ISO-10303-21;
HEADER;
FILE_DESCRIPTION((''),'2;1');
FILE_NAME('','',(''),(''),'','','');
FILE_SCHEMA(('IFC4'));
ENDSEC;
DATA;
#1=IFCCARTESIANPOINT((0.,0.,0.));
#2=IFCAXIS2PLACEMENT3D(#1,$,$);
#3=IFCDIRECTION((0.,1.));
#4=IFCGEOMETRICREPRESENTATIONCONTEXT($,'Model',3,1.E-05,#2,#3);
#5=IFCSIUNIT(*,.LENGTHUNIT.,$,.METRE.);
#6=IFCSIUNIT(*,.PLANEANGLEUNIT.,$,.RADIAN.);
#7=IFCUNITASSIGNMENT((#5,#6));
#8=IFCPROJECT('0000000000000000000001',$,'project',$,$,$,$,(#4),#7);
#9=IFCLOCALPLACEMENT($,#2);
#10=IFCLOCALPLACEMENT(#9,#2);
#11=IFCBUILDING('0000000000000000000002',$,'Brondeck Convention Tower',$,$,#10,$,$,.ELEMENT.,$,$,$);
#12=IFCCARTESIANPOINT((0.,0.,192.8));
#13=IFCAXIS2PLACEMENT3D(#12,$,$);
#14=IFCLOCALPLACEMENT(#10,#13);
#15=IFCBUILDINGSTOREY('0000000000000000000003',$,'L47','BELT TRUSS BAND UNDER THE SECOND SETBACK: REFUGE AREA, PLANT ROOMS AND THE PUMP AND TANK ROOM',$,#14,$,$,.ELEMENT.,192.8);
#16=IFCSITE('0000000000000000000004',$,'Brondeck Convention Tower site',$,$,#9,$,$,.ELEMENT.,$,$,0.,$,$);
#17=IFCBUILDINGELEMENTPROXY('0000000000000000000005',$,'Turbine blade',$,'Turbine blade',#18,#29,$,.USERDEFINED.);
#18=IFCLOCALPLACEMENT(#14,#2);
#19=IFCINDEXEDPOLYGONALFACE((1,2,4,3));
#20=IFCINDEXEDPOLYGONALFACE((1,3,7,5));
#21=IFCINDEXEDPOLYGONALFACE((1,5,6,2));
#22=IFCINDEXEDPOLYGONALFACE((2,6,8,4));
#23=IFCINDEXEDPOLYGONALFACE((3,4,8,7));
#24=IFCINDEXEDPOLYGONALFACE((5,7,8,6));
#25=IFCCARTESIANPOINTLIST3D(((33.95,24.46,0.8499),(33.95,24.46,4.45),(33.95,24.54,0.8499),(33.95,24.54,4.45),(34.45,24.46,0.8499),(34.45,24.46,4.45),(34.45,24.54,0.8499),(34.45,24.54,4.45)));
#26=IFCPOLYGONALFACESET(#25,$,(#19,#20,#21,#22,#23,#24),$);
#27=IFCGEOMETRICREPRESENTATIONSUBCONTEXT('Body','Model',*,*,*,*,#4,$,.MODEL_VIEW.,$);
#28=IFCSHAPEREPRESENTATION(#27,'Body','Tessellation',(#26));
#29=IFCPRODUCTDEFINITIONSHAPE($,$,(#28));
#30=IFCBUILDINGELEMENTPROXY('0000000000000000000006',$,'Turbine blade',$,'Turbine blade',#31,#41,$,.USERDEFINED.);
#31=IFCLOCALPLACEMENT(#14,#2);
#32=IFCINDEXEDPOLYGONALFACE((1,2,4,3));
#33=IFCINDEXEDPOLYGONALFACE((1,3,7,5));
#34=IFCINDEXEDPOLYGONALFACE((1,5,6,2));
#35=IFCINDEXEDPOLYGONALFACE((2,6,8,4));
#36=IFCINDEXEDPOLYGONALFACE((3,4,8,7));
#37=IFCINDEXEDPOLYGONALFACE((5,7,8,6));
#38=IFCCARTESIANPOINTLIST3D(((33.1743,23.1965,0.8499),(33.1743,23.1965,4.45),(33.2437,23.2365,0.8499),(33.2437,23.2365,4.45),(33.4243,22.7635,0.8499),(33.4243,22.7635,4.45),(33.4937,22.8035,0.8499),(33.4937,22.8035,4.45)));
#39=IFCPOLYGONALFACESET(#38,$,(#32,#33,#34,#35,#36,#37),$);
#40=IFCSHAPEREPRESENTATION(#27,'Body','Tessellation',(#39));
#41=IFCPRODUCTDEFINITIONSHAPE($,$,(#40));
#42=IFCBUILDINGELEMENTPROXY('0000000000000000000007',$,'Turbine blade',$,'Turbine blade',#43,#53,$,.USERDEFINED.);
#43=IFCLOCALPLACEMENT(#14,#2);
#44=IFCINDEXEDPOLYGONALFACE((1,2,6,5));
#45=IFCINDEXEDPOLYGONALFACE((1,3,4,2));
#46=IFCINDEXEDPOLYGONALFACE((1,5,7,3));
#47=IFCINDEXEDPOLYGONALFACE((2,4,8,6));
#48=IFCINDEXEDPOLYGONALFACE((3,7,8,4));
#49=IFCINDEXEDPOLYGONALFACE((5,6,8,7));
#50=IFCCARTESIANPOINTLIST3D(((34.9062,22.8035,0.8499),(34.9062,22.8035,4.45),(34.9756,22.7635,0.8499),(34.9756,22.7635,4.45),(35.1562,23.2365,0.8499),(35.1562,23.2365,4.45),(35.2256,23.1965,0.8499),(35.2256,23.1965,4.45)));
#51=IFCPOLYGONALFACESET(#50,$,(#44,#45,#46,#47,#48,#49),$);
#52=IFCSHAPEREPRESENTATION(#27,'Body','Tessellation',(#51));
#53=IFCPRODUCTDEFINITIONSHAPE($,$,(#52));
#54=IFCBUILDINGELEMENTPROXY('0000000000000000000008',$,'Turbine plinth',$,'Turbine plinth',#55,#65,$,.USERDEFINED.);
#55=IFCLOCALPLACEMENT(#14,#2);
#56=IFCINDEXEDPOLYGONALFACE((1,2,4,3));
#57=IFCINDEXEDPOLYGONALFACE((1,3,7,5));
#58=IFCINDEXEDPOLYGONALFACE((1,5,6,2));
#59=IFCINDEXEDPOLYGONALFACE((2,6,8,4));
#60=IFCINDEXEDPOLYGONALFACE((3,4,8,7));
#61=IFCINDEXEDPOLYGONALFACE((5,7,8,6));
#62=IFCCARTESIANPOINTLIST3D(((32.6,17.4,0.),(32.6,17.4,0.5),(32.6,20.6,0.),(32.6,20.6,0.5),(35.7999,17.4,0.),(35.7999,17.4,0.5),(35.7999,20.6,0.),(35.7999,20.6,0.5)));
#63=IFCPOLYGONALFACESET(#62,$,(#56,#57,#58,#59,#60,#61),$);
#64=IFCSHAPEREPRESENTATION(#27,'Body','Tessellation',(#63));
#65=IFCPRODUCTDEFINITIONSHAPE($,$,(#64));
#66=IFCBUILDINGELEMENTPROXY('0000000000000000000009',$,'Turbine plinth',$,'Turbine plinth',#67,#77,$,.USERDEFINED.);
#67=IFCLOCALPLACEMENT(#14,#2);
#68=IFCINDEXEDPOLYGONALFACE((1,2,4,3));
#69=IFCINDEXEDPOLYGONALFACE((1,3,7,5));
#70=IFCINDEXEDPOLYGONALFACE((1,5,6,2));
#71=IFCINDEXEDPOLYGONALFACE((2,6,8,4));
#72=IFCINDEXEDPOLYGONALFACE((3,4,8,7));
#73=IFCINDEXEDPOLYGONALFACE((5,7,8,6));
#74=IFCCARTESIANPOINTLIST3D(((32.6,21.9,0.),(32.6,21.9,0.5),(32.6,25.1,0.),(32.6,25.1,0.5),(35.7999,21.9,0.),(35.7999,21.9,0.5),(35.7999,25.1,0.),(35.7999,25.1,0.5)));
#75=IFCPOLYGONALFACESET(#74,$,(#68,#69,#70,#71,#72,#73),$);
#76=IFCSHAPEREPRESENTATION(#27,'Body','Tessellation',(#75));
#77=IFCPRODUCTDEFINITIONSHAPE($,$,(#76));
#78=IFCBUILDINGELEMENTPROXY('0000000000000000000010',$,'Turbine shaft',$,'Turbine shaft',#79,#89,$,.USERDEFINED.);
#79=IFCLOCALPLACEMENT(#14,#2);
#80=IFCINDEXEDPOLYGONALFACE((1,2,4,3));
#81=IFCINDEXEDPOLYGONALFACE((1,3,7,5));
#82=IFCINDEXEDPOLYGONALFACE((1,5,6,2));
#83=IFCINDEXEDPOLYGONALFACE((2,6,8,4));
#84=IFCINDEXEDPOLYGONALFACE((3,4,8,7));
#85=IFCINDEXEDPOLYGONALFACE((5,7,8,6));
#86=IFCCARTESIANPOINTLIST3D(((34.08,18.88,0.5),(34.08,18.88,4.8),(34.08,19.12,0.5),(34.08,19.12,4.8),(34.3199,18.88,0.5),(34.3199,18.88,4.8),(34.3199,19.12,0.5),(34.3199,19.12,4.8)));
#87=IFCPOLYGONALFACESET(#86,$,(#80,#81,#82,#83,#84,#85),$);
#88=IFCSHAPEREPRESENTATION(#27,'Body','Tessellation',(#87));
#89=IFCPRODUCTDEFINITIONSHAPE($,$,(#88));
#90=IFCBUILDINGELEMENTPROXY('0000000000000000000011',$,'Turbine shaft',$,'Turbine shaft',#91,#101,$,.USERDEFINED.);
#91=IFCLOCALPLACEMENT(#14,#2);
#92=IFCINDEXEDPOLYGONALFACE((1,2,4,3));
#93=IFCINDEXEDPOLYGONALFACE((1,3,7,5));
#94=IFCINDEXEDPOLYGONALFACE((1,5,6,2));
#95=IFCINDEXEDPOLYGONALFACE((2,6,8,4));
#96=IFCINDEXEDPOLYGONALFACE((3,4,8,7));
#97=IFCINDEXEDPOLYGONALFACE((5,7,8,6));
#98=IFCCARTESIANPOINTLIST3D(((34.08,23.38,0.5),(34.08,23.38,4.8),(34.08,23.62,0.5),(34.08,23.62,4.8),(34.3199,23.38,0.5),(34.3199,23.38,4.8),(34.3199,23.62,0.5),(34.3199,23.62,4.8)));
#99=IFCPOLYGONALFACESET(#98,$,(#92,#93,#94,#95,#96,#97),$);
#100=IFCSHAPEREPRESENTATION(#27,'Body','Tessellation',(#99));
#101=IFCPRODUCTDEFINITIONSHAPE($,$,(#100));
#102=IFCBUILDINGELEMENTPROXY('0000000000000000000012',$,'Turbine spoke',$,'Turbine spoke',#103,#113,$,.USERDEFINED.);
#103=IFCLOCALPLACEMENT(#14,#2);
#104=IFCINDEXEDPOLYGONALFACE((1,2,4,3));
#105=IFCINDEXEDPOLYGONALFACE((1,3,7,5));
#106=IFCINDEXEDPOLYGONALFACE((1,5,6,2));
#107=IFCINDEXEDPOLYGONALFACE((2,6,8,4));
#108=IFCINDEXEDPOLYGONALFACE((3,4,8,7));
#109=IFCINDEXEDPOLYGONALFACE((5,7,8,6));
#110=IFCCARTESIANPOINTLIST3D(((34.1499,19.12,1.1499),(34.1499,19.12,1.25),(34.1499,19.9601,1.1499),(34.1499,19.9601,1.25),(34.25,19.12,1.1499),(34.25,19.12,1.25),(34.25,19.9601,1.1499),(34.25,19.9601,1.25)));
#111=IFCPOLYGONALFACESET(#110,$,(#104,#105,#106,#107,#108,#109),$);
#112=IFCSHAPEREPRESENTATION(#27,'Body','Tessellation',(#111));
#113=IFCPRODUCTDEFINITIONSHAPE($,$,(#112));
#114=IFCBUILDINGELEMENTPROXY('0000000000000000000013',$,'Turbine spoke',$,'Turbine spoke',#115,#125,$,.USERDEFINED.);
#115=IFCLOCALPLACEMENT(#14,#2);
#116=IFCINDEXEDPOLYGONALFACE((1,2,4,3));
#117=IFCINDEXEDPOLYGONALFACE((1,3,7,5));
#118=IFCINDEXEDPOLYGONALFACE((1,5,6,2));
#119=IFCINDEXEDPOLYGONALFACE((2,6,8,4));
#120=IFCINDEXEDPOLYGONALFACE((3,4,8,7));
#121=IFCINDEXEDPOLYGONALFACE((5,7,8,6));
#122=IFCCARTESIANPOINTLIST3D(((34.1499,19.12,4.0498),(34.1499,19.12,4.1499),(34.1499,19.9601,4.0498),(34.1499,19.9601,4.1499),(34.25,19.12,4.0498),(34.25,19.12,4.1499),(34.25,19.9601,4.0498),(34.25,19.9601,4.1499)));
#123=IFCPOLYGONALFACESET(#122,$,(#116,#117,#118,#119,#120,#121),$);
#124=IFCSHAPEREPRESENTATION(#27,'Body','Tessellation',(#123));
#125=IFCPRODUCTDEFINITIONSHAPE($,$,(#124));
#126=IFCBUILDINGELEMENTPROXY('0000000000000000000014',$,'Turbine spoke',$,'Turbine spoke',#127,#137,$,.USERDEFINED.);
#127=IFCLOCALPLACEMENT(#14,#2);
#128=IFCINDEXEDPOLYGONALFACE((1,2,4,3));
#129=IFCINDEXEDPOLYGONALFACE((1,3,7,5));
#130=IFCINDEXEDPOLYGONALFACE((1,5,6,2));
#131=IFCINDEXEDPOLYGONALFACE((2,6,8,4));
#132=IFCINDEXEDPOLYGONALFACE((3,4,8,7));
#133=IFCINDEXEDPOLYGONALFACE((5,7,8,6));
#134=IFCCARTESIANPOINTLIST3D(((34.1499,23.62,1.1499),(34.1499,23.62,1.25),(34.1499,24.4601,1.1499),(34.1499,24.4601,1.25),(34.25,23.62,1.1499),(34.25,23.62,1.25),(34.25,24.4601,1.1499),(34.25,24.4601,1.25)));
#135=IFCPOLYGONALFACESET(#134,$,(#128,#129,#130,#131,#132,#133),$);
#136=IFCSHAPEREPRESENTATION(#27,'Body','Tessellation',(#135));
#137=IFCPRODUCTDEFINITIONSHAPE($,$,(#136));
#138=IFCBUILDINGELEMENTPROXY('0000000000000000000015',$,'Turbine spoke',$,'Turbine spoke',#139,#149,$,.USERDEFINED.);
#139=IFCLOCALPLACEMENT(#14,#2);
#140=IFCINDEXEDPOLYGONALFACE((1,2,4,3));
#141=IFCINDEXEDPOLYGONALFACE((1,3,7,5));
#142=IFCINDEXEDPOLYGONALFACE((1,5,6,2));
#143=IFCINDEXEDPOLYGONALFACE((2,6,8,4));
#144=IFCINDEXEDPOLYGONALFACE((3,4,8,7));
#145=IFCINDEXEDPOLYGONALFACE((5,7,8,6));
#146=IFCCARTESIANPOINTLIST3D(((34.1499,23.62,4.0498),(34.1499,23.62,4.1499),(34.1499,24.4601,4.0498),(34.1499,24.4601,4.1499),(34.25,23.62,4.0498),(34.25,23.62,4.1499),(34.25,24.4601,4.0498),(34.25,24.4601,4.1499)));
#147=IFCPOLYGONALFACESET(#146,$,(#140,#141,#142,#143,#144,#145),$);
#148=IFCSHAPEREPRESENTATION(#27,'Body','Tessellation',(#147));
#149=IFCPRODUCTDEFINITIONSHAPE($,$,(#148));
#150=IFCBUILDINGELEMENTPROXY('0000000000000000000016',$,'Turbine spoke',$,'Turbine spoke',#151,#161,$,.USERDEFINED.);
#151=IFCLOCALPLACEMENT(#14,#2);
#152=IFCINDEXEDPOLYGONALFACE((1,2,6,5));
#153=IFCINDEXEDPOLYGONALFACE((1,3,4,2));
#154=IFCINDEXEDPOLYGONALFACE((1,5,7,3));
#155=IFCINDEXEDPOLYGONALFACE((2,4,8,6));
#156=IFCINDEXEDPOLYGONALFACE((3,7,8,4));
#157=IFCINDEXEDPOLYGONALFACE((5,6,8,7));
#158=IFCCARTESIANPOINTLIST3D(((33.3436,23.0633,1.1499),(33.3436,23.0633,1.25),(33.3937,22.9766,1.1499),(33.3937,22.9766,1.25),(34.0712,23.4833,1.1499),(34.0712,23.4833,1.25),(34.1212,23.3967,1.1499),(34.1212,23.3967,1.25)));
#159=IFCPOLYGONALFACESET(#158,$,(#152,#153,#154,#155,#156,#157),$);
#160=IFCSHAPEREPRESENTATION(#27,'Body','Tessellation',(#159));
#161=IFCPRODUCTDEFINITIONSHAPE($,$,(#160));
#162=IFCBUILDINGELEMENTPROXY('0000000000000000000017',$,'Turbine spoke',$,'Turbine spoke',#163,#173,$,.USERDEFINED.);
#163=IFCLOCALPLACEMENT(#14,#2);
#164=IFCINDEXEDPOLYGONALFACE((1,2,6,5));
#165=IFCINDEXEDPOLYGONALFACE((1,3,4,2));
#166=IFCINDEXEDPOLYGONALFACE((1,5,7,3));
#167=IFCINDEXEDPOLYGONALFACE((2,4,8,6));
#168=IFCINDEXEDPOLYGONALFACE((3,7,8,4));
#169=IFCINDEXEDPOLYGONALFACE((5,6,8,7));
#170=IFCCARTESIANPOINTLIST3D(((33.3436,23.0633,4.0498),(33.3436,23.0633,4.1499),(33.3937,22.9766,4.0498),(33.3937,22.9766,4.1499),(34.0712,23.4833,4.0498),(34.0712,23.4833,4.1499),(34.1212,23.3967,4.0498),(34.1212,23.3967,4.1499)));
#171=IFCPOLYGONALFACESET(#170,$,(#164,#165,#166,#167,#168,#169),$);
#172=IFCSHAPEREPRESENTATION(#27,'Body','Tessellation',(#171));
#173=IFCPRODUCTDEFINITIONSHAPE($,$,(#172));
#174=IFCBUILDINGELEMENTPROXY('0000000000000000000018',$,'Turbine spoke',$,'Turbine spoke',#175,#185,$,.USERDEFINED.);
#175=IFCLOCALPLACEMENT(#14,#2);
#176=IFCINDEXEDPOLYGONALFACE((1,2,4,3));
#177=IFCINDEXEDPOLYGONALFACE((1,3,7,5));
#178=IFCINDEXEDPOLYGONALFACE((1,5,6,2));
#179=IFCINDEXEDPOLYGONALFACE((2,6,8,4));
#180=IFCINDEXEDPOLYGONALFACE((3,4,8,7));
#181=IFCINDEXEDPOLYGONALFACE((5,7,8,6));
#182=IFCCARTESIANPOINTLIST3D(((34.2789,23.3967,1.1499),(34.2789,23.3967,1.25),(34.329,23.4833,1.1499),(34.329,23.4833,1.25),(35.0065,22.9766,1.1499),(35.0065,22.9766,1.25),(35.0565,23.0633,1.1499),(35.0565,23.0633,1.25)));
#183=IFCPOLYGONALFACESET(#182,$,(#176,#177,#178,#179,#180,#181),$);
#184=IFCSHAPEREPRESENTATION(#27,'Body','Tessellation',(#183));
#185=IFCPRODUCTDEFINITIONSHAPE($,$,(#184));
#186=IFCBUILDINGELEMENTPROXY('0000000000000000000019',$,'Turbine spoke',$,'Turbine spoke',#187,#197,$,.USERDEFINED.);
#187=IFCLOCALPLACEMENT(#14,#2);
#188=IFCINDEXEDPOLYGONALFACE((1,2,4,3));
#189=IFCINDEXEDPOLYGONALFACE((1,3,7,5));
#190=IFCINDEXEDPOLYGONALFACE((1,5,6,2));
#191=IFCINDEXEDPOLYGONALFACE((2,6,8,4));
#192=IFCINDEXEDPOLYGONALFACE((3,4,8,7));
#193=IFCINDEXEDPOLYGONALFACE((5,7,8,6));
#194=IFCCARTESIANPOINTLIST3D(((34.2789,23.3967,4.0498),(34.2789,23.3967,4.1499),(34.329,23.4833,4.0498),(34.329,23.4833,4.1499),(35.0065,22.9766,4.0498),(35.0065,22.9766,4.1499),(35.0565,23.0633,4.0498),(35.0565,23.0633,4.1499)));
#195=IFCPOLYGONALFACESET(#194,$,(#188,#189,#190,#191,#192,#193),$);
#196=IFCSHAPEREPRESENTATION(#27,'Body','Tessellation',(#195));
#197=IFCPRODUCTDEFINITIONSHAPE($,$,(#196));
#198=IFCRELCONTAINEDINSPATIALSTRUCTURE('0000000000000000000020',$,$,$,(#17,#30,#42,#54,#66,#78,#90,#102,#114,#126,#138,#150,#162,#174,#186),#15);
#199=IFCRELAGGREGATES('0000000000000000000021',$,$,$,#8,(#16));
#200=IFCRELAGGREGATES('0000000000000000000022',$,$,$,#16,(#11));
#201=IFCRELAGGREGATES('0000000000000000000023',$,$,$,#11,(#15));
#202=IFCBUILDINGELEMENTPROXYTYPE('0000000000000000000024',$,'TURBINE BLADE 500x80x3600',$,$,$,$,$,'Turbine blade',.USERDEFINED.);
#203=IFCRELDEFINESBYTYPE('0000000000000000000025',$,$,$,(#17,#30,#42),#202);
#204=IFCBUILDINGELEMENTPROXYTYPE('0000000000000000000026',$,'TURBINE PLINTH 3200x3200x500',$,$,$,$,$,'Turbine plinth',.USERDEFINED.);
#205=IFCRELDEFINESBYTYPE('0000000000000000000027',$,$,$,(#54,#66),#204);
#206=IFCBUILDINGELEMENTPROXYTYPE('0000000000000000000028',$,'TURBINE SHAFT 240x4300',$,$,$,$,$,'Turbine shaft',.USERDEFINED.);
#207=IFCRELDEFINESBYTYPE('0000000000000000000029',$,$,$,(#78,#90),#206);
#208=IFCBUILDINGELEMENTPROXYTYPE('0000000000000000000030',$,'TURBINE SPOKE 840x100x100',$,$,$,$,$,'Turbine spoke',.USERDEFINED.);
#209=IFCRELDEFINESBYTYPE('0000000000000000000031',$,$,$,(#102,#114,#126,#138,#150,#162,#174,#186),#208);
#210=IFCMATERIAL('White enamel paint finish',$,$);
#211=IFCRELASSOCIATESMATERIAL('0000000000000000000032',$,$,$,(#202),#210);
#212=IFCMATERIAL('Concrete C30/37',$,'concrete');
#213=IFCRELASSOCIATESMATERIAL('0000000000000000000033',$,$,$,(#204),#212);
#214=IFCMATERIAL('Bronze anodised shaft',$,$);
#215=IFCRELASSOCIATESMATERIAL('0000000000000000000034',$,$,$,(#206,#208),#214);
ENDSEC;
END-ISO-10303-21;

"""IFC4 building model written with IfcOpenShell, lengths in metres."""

from ifc_helpers import new_model, si_unit, direction, frame, origin, origin_2d, place, context, subcontext, project, spatial, rectangle, extrude, material, type_object, element, save


model = new_model("IFC4")

# Units and contexts
model_context = context("Model", 3, precision=1e-05, world=origin(), true_north=direction((0.0, 1.0)))
body_context = subcontext(model_context, "Body", "Model", "MODEL_VIEW")
ifc_project = project(units=[si_unit("LENGTHUNIT", "METRE"), si_unit("PLANEANGLEUNIT", "RADIAN")], contexts=[model_context])

# Site, building, storey
site_placement = place(None, origin())
site = spatial("IfcSite", under=ifc_project, at=site_placement, Name="Brondeck Convention Tower site", CompositionType="ELEMENT", RefElevation=0.0)
building_placement = place(site_placement, origin())
building = spatial("IfcBuilding", under=site, at=building_placement, Name="Brondeck Convention Tower", CompositionType="ELEMENT")
storey_placement = place(building_placement, frame((0.0, 0.0, 192.8)))
storey = spatial("IfcBuildingStorey", under=building, at=storey_placement, Name="L47", Description="BELT TRUSS BAND UNDER THE SECOND SETBACK: REFUGE AREA, PLANT ROOMS AND THE PUMP AND TANK ROOM", CompositionType="ELEMENT", Elevation=192.8)

# Building element proxies
ifc_material_1 = material(Name="White enamel paint finish")
building_element_proxy_type_1 = type_object("IfcBuildingElementProxyType", Name="TURBINE BLADE 500x80x3600", ElementType="Turbine blade", PredefinedType="USERDEFINED", material=ifc_material_1)
for number, where, z_axis, x_axis, name in (
    (1, (34.2, 24.5, 0.8499), (0.0, 0.0, 1.0), (-1.0, 0.0, 0.0), "Turbine blade"),
    (2, (33.334, 23.0, 0.8499), (0.0, 0.0, 1.0), (0.5, -0.866025, 0.0), "Turbine blade"),
    (3, (35.0659, 23.0, 0.8499), (0.0, 0.0, 1.0), (0.5, 0.866025, 0.0), "Turbine blade"),
):
    element("IfcBuildingElementProxy", number, at=place(storey_placement, frame(where, z_axis=z_axis, x_axis=x_axis)), inside=storey, type_object=building_element_proxy_type_1, Name=name, ObjectType="Turbine blade", PredefinedType="USERDEFINED", context=body_context, shape_type="SweptSolid", body=[
        extrude(rectangle(XDim=0.5, YDim=0.0801, at=origin_2d()), origin(), (0.0, 0.0, 1.0), 3.6001),
    ])
ifc_material_2 = material(Name="Concrete C30/37", Category="concrete")
building_element_proxy_type_2 = type_object("IfcBuildingElementProxyType", Name="TURBINE PLINTH 3200x3200x500", ElementType="Turbine plinth", PredefinedType="USERDEFINED", material=ifc_material_2)
for number, where, z_axis, x_axis, name in (
    (4, (34.2, 19.0, 0.0), (0.0, 0.0, 1.0), (1.0, 0.0, 0.0), "Turbine plinth"),
    (5, (34.2, 23.5, 0.0), (0.0, 0.0, 1.0), (1.0, 0.0, 0.0), "Turbine plinth"),
):
    element("IfcBuildingElementProxy", number, at=place(storey_placement, frame(where, z_axis=z_axis, x_axis=x_axis)), inside=storey, type_object=building_element_proxy_type_2, Name=name, ObjectType="Turbine plinth", PredefinedType="USERDEFINED", context=body_context, shape_type="SweptSolid", body=[
        extrude(rectangle(XDim=3.2, YDim=3.2, at=origin_2d()), origin(), (0.0, 0.0, 1.0), 0.5),
    ])
ifc_material_3 = material(Name="Bronze anodised shaft")
building_element_proxy_type_3 = type_object("IfcBuildingElementProxyType", Name="TURBINE SHAFT 240x4300", ElementType="Turbine shaft", PredefinedType="USERDEFINED", material=ifc_material_3)
for number, where, z_axis, x_axis, name in (
    (6, (34.2, 19.0, 0.5), (0.0, 0.0, 1.0), (1.0, 0.0, 0.0), "Turbine shaft"),
    (7, (34.2, 23.5, 0.5), (0.0, 0.0, 1.0), (1.0, 0.0, 0.0), "Turbine shaft"),
):
    element("IfcBuildingElementProxy", number, at=place(storey_placement, frame(where, z_axis=z_axis, x_axis=x_axis)), inside=storey, type_object=building_element_proxy_type_3, Name=name, ObjectType="Turbine shaft", PredefinedType="USERDEFINED", context=body_context, shape_type="SweptSolid", body=[
        extrude(rectangle(XDim=0.24, YDim=0.24, at=origin_2d()), origin(), (0.0, 0.0, 1.0), 4.3),
    ])
building_element_proxy_type_4 = type_object("IfcBuildingElementProxyType", Name="TURBINE SPOKE 840x100x100", ElementType="Turbine spoke", PredefinedType="USERDEFINED", material=ifc_material_3)
for number, where, z_axis, x_axis, name in (
    (8, (34.2, 19.54, 1.1499), (0.0, 0.0, 1.0), (0.0, 1.0, 0.0), "Turbine spoke"),
    (9, (34.2, 19.54, 4.0498), (0.0, 0.0, 1.0), (0.0, 1.0, 0.0), "Turbine spoke"),
    (10, (34.2, 24.04, 1.1499), (0.0, 0.0, 1.0), (0.0, 1.0, 0.0), "Turbine spoke"),
    (11, (34.2, 24.04, 4.0498), (0.0, 0.0, 1.0), (0.0, 1.0, 0.0), "Turbine spoke"),
    (12, (33.7324, 23.23, 1.1499), (0.0, 0.0, 1.0), (-0.866025, -0.5, 0.0), "Turbine spoke"),
    (13, (33.7324, 23.23, 4.0498), (0.0, 0.0, 1.0), (-0.866025, -0.5, 0.0), "Turbine spoke"),
    (14, (34.6677, 23.23, 1.1499), (0.0, 0.0, 1.0), (0.866025, -0.5, 0.0), "Turbine spoke"),
    (15, (34.6677, 23.23, 4.0498), (0.0, 0.0, 1.0), (0.866025, -0.5, 0.0), "Turbine spoke"),
):
    element("IfcBuildingElementProxy", number, at=place(storey_placement, frame(where, z_axis=z_axis, x_axis=x_axis)), inside=storey, type_object=building_element_proxy_type_4, Name=name, ObjectType="Turbine spoke", PredefinedType="USERDEFINED", context=body_context, shape_type="SweptSolid", body=[
        extrude(rectangle(XDim=0.8401, YDim=0.1001, at=origin_2d()), origin(), (0.0, 0.0, 1.0), 0.1001),
    ])

save(model, "model.ifc")
